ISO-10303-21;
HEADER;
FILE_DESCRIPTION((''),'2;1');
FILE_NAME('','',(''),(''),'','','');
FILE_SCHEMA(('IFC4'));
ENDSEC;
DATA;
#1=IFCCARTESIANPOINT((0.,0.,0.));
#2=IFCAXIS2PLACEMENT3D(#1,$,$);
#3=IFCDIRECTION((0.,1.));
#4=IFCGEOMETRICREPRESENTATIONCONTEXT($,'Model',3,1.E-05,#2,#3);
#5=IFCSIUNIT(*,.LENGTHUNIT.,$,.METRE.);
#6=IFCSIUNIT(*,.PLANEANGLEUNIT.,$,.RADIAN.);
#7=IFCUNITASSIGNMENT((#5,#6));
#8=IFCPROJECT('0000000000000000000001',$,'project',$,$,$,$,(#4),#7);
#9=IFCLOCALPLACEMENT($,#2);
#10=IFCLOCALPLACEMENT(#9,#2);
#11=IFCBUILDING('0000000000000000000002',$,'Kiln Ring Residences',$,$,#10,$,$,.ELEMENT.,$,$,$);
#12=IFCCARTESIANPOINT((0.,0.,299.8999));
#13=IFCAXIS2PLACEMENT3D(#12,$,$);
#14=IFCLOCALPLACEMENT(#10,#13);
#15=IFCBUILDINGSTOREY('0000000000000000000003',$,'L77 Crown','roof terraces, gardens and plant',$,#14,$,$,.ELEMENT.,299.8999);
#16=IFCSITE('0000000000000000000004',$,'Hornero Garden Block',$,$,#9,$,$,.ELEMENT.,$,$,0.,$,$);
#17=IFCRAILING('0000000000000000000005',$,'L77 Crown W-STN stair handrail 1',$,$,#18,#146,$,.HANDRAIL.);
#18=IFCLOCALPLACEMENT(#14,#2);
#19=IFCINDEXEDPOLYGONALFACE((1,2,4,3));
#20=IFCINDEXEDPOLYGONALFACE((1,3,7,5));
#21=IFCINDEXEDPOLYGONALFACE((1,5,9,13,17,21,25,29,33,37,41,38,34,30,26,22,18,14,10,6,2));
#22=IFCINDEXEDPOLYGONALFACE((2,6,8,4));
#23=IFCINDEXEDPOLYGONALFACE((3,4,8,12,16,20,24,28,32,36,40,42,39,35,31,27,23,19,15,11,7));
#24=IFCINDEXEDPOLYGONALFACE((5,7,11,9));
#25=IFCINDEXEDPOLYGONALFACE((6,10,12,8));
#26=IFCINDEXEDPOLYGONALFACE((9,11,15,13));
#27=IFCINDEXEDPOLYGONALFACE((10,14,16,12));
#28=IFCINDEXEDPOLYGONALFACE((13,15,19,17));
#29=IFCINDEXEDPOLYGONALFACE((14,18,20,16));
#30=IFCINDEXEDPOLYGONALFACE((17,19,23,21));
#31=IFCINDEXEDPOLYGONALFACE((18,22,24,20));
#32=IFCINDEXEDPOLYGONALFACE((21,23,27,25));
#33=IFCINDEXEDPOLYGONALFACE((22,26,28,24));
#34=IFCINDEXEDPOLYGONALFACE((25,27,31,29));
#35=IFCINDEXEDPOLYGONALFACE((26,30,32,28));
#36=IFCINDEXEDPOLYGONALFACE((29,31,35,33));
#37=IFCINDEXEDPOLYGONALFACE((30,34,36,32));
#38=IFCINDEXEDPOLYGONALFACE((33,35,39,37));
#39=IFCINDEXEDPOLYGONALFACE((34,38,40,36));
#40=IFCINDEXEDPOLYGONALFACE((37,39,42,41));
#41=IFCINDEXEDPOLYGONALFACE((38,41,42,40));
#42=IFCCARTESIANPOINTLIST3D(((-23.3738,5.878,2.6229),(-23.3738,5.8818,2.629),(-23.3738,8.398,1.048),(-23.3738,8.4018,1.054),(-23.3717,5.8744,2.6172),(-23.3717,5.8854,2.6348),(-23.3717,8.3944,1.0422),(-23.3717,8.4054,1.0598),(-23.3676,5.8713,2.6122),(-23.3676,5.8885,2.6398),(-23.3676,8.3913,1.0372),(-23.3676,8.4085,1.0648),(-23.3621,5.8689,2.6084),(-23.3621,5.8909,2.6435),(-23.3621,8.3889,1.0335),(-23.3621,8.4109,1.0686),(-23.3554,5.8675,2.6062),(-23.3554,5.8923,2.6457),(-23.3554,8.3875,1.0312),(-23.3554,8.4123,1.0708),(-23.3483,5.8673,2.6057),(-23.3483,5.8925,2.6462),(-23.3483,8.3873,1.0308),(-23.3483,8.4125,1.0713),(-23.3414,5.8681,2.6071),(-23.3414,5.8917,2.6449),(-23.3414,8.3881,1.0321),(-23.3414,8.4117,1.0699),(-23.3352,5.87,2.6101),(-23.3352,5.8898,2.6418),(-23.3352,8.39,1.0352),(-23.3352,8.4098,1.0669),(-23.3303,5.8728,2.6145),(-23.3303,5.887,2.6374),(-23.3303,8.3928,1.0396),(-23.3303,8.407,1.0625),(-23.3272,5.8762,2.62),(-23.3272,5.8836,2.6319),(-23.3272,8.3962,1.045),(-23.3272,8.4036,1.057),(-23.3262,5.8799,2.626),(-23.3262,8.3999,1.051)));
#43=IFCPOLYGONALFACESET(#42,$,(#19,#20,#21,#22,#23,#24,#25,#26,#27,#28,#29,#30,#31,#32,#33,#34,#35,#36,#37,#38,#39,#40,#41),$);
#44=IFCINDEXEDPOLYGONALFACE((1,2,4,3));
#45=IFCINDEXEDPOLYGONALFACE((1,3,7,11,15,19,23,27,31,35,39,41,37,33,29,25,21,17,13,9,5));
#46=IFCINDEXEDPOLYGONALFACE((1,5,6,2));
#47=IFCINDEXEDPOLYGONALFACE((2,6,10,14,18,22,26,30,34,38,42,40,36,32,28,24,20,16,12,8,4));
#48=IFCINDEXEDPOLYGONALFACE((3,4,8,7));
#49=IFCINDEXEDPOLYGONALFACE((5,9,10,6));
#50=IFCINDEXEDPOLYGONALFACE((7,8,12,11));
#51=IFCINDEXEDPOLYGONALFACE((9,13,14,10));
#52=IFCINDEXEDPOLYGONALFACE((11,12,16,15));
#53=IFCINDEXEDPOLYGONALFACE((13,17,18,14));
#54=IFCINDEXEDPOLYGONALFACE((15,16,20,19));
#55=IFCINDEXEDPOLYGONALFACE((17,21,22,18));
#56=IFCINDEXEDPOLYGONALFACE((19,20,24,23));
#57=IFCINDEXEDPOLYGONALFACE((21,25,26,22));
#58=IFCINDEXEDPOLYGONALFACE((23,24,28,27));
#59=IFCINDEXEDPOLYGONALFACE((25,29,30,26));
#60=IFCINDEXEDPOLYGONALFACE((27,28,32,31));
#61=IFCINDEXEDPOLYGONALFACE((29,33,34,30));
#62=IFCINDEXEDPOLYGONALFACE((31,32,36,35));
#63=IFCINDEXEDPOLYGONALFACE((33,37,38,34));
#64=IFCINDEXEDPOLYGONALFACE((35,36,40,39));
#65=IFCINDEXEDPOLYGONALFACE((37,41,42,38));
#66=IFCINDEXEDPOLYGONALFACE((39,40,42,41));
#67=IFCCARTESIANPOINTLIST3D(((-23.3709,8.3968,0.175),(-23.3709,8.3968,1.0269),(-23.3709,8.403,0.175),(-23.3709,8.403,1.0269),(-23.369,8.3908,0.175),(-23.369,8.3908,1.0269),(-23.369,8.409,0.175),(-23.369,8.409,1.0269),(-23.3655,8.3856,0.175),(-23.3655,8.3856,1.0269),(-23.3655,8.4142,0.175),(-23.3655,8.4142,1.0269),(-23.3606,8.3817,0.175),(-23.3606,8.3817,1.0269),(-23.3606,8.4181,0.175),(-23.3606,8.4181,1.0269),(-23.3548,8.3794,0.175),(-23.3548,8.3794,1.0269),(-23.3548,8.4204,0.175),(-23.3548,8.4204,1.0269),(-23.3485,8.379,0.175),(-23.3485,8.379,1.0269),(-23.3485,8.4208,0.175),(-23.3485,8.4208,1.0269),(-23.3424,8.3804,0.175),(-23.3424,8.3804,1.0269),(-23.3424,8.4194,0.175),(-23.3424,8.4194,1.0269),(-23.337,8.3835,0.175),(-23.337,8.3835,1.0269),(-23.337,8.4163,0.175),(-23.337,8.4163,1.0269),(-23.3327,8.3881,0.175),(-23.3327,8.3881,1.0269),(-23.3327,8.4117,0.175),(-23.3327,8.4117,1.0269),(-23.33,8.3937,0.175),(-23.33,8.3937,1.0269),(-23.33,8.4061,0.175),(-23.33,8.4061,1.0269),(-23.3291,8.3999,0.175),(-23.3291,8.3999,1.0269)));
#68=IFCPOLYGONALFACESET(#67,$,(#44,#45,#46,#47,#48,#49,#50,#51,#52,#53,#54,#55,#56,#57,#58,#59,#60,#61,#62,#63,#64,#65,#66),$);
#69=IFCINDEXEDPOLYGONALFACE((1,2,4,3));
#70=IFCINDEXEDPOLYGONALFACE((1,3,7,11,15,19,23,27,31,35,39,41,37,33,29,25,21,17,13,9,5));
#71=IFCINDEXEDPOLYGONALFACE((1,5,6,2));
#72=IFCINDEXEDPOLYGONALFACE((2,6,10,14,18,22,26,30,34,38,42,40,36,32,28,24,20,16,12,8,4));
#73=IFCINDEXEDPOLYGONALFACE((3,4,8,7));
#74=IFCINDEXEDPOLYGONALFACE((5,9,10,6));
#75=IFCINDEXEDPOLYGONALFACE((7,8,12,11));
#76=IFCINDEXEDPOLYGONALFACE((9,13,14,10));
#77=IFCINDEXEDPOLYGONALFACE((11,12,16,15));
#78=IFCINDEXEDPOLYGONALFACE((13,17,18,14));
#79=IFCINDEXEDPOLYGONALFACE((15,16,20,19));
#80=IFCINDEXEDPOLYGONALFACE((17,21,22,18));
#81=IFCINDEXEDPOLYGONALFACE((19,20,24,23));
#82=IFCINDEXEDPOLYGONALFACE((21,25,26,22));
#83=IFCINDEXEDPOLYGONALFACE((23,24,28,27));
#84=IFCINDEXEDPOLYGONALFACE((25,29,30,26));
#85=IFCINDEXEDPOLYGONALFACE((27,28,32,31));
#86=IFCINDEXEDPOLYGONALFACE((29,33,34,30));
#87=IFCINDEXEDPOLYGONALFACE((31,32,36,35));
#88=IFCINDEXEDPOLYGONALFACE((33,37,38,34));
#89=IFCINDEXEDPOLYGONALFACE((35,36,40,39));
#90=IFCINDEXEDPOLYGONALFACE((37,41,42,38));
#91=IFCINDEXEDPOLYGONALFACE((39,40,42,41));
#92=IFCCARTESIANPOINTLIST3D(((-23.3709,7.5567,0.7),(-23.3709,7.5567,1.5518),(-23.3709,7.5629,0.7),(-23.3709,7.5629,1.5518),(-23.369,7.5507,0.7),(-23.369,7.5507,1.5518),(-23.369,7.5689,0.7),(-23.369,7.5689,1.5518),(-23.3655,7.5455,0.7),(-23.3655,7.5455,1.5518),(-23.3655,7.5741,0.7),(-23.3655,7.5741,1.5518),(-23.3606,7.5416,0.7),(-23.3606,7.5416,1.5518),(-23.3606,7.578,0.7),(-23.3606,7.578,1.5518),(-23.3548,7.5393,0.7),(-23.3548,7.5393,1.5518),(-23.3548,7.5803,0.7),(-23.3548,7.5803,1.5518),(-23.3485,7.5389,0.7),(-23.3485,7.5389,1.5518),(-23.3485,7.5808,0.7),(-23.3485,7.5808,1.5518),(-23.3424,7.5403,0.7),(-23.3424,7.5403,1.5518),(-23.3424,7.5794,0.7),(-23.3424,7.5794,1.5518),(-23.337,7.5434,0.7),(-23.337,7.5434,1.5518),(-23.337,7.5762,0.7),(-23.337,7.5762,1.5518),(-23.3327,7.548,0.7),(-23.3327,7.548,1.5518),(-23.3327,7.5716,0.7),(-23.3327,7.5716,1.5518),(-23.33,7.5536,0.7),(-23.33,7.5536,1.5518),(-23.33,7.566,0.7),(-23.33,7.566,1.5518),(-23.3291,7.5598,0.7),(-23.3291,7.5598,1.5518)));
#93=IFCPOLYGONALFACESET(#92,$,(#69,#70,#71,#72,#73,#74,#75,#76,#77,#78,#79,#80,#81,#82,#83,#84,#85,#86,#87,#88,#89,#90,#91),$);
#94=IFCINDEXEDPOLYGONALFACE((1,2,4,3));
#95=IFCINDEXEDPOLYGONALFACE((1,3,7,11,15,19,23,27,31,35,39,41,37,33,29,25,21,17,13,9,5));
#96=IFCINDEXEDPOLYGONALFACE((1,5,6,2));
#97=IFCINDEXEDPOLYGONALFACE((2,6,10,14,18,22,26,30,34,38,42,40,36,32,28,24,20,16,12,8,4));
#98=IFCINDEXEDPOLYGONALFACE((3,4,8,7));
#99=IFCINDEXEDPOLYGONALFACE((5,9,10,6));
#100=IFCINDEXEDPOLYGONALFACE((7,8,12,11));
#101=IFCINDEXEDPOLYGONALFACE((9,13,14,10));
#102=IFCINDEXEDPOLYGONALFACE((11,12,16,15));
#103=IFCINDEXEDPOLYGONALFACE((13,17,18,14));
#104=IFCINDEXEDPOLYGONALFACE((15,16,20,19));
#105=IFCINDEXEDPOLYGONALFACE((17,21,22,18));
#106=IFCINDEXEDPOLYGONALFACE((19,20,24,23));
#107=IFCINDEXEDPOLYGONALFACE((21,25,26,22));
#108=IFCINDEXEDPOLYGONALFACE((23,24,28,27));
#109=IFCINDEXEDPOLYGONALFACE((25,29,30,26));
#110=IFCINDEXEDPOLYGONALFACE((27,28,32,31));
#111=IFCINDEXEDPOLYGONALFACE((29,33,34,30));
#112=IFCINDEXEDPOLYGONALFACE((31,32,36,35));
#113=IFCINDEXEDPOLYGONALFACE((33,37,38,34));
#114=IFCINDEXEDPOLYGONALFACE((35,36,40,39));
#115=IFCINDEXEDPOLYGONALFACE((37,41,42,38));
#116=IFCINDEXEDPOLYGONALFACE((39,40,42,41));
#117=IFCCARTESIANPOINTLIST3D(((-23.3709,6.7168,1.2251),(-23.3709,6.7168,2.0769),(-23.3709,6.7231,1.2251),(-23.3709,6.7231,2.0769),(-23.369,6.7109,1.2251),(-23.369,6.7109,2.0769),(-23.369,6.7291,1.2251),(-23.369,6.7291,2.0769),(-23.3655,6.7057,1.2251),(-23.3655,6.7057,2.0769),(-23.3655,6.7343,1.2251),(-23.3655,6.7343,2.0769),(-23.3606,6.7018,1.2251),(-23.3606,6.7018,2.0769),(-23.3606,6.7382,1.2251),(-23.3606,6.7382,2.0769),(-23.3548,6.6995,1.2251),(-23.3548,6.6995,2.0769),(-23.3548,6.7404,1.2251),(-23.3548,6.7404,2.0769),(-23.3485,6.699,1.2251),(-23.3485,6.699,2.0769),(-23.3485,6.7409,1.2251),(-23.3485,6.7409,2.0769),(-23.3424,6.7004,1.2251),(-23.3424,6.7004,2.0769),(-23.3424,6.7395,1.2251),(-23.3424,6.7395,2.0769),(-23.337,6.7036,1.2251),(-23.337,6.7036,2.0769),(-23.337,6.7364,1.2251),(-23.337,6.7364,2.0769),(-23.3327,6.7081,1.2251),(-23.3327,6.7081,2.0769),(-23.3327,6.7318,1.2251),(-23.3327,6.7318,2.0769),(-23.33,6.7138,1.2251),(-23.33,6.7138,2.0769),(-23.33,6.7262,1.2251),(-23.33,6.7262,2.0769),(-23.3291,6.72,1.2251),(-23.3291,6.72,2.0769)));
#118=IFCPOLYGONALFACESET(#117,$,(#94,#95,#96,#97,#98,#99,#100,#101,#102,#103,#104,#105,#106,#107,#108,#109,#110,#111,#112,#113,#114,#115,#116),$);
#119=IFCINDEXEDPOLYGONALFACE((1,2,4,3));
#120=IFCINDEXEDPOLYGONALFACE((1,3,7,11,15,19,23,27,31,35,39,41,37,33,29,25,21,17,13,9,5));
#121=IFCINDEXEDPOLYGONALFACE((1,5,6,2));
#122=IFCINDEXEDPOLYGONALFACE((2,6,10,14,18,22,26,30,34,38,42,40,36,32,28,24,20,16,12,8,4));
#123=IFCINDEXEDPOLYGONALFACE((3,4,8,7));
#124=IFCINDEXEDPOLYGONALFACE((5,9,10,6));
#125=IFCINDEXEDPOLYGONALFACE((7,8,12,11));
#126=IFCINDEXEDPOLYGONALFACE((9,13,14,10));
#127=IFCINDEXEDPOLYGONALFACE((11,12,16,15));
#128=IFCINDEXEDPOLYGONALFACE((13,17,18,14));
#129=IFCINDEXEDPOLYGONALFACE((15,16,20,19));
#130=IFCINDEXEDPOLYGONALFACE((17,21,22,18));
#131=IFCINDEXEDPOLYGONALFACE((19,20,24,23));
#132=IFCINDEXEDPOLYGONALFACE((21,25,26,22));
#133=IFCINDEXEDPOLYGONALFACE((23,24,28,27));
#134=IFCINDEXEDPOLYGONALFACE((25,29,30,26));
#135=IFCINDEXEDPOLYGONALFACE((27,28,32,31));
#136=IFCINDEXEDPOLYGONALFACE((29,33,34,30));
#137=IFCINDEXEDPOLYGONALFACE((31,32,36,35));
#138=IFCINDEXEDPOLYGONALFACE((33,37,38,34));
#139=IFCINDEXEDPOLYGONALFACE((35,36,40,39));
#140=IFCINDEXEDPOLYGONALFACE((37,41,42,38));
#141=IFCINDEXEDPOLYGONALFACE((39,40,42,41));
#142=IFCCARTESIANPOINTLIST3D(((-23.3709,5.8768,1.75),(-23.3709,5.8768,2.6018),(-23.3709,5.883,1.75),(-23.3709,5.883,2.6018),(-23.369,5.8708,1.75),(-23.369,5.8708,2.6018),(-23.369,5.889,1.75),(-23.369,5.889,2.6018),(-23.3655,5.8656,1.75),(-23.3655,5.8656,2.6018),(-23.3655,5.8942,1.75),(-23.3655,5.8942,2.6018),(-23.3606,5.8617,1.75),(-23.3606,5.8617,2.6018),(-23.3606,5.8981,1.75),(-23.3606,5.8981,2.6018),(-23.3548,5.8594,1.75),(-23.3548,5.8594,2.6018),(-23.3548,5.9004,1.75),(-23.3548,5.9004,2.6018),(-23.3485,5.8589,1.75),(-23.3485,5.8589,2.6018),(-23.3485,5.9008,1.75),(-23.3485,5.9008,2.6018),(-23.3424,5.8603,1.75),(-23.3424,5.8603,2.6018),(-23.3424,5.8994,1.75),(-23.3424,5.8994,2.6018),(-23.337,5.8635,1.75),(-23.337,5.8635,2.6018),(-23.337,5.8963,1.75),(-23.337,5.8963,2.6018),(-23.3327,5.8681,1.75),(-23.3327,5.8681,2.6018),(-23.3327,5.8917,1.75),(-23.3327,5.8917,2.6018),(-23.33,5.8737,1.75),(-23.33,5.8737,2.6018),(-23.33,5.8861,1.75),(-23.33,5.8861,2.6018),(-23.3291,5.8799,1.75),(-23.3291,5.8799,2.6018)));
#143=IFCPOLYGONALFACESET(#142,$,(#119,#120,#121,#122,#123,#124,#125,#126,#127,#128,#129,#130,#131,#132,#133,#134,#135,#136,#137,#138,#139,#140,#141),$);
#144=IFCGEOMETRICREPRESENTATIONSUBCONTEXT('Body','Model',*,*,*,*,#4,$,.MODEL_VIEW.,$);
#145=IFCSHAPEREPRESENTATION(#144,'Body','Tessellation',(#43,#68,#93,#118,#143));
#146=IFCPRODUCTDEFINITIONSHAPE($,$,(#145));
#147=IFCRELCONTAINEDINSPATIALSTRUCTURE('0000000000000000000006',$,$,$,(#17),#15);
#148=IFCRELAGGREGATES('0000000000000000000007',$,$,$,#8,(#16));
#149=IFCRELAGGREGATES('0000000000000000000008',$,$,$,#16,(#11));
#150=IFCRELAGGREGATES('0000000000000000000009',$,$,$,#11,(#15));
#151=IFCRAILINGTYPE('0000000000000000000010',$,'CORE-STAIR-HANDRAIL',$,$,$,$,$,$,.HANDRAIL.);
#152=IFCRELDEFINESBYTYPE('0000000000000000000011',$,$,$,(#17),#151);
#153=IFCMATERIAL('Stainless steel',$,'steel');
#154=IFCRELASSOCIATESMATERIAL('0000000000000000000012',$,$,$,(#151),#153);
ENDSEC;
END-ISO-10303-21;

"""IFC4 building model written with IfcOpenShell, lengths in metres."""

from ifc_helpers import new_model, si_unit, direction, frame, origin, origin_2d, place, context, subcontext, project, spatial, circle, extrude, material, type_object, element, save


model = new_model("IFC4")

# Units and contexts
model_context = context("Model", 3, precision=1e-05, world=origin(), true_north=direction((0.0, 1.0)))
body_context = subcontext(model_context, "Body", "Model", "MODEL_VIEW")
ifc_project = project(units=[si_unit("LENGTHUNIT", "METRE"), si_unit("PLANEANGLEUNIT", "RADIAN")], contexts=[model_context])

# Site, building, storey
site_placement = place(None, origin())
site = spatial("IfcSite", under=ifc_project, at=site_placement, Name="Hornero Garden Block", CompositionType="ELEMENT", RefElevation=0.0)
building_placement = place(site_placement, origin())
building = spatial("IfcBuilding", under=site, at=building_placement, Name="Kiln Ring Residences", CompositionType="ELEMENT")
storey_placement = place(building_placement, frame((0.0, 0.0, 299.8999)))
storey = spatial("IfcBuildingStorey", under=building, at=storey_placement, Name="L77 Crown", Description="roof terraces, gardens and plant", CompositionType="ELEMENT", Elevation=299.8999)

# Railing
ifc_material_1 = material(Name="Stainless steel", Category="steel")
railing_type_1 = type_object("IfcRailingType", Name="CORE-STAIR-HANDRAIL", PredefinedType="HANDRAIL", material=ifc_material_1)
railing_1_placement = place(storey_placement, frame((-23.3501, 8.3999, 0.175)))
element("IfcRailing", 1, at=railing_1_placement, inside=storey, type_object=railing_type_1, Name="L77 Crown W-STN stair handrail 1", PredefinedType="HANDRAIL", context=body_context, shape_type="SweptSolid", body=[
    extrude(circle(Radius=0.0239, at=origin_2d()), frame((0.0, 0.0, 0.876), z_axis=(0.0, -0.848008, 0.529984), x_axis=(1.0, 0.0, 0.0)), (0.0, 0.0, 1.0), 2.9717),
    extrude(circle(Radius=0.021, at=origin_2d()), origin(), (0.0, 0.0, 1.0), 0.8518),
    extrude(circle(Radius=0.021, at=origin_2d()), frame((0.0, -0.8401, 0.5249)), (0.0, 0.0, 1.0), 0.8518),
    extrude(circle(Radius=0.021, at=origin_2d()), frame((0.0, -1.6799, 1.05)), (0.0, 0.0, 1.0), 0.8518),
    extrude(circle(Radius=0.021, at=origin_2d()), frame((0.0, -2.52, 1.575)), (0.0, 0.0, 1.0), 0.8518),
])

save(model, "model.ifc")
